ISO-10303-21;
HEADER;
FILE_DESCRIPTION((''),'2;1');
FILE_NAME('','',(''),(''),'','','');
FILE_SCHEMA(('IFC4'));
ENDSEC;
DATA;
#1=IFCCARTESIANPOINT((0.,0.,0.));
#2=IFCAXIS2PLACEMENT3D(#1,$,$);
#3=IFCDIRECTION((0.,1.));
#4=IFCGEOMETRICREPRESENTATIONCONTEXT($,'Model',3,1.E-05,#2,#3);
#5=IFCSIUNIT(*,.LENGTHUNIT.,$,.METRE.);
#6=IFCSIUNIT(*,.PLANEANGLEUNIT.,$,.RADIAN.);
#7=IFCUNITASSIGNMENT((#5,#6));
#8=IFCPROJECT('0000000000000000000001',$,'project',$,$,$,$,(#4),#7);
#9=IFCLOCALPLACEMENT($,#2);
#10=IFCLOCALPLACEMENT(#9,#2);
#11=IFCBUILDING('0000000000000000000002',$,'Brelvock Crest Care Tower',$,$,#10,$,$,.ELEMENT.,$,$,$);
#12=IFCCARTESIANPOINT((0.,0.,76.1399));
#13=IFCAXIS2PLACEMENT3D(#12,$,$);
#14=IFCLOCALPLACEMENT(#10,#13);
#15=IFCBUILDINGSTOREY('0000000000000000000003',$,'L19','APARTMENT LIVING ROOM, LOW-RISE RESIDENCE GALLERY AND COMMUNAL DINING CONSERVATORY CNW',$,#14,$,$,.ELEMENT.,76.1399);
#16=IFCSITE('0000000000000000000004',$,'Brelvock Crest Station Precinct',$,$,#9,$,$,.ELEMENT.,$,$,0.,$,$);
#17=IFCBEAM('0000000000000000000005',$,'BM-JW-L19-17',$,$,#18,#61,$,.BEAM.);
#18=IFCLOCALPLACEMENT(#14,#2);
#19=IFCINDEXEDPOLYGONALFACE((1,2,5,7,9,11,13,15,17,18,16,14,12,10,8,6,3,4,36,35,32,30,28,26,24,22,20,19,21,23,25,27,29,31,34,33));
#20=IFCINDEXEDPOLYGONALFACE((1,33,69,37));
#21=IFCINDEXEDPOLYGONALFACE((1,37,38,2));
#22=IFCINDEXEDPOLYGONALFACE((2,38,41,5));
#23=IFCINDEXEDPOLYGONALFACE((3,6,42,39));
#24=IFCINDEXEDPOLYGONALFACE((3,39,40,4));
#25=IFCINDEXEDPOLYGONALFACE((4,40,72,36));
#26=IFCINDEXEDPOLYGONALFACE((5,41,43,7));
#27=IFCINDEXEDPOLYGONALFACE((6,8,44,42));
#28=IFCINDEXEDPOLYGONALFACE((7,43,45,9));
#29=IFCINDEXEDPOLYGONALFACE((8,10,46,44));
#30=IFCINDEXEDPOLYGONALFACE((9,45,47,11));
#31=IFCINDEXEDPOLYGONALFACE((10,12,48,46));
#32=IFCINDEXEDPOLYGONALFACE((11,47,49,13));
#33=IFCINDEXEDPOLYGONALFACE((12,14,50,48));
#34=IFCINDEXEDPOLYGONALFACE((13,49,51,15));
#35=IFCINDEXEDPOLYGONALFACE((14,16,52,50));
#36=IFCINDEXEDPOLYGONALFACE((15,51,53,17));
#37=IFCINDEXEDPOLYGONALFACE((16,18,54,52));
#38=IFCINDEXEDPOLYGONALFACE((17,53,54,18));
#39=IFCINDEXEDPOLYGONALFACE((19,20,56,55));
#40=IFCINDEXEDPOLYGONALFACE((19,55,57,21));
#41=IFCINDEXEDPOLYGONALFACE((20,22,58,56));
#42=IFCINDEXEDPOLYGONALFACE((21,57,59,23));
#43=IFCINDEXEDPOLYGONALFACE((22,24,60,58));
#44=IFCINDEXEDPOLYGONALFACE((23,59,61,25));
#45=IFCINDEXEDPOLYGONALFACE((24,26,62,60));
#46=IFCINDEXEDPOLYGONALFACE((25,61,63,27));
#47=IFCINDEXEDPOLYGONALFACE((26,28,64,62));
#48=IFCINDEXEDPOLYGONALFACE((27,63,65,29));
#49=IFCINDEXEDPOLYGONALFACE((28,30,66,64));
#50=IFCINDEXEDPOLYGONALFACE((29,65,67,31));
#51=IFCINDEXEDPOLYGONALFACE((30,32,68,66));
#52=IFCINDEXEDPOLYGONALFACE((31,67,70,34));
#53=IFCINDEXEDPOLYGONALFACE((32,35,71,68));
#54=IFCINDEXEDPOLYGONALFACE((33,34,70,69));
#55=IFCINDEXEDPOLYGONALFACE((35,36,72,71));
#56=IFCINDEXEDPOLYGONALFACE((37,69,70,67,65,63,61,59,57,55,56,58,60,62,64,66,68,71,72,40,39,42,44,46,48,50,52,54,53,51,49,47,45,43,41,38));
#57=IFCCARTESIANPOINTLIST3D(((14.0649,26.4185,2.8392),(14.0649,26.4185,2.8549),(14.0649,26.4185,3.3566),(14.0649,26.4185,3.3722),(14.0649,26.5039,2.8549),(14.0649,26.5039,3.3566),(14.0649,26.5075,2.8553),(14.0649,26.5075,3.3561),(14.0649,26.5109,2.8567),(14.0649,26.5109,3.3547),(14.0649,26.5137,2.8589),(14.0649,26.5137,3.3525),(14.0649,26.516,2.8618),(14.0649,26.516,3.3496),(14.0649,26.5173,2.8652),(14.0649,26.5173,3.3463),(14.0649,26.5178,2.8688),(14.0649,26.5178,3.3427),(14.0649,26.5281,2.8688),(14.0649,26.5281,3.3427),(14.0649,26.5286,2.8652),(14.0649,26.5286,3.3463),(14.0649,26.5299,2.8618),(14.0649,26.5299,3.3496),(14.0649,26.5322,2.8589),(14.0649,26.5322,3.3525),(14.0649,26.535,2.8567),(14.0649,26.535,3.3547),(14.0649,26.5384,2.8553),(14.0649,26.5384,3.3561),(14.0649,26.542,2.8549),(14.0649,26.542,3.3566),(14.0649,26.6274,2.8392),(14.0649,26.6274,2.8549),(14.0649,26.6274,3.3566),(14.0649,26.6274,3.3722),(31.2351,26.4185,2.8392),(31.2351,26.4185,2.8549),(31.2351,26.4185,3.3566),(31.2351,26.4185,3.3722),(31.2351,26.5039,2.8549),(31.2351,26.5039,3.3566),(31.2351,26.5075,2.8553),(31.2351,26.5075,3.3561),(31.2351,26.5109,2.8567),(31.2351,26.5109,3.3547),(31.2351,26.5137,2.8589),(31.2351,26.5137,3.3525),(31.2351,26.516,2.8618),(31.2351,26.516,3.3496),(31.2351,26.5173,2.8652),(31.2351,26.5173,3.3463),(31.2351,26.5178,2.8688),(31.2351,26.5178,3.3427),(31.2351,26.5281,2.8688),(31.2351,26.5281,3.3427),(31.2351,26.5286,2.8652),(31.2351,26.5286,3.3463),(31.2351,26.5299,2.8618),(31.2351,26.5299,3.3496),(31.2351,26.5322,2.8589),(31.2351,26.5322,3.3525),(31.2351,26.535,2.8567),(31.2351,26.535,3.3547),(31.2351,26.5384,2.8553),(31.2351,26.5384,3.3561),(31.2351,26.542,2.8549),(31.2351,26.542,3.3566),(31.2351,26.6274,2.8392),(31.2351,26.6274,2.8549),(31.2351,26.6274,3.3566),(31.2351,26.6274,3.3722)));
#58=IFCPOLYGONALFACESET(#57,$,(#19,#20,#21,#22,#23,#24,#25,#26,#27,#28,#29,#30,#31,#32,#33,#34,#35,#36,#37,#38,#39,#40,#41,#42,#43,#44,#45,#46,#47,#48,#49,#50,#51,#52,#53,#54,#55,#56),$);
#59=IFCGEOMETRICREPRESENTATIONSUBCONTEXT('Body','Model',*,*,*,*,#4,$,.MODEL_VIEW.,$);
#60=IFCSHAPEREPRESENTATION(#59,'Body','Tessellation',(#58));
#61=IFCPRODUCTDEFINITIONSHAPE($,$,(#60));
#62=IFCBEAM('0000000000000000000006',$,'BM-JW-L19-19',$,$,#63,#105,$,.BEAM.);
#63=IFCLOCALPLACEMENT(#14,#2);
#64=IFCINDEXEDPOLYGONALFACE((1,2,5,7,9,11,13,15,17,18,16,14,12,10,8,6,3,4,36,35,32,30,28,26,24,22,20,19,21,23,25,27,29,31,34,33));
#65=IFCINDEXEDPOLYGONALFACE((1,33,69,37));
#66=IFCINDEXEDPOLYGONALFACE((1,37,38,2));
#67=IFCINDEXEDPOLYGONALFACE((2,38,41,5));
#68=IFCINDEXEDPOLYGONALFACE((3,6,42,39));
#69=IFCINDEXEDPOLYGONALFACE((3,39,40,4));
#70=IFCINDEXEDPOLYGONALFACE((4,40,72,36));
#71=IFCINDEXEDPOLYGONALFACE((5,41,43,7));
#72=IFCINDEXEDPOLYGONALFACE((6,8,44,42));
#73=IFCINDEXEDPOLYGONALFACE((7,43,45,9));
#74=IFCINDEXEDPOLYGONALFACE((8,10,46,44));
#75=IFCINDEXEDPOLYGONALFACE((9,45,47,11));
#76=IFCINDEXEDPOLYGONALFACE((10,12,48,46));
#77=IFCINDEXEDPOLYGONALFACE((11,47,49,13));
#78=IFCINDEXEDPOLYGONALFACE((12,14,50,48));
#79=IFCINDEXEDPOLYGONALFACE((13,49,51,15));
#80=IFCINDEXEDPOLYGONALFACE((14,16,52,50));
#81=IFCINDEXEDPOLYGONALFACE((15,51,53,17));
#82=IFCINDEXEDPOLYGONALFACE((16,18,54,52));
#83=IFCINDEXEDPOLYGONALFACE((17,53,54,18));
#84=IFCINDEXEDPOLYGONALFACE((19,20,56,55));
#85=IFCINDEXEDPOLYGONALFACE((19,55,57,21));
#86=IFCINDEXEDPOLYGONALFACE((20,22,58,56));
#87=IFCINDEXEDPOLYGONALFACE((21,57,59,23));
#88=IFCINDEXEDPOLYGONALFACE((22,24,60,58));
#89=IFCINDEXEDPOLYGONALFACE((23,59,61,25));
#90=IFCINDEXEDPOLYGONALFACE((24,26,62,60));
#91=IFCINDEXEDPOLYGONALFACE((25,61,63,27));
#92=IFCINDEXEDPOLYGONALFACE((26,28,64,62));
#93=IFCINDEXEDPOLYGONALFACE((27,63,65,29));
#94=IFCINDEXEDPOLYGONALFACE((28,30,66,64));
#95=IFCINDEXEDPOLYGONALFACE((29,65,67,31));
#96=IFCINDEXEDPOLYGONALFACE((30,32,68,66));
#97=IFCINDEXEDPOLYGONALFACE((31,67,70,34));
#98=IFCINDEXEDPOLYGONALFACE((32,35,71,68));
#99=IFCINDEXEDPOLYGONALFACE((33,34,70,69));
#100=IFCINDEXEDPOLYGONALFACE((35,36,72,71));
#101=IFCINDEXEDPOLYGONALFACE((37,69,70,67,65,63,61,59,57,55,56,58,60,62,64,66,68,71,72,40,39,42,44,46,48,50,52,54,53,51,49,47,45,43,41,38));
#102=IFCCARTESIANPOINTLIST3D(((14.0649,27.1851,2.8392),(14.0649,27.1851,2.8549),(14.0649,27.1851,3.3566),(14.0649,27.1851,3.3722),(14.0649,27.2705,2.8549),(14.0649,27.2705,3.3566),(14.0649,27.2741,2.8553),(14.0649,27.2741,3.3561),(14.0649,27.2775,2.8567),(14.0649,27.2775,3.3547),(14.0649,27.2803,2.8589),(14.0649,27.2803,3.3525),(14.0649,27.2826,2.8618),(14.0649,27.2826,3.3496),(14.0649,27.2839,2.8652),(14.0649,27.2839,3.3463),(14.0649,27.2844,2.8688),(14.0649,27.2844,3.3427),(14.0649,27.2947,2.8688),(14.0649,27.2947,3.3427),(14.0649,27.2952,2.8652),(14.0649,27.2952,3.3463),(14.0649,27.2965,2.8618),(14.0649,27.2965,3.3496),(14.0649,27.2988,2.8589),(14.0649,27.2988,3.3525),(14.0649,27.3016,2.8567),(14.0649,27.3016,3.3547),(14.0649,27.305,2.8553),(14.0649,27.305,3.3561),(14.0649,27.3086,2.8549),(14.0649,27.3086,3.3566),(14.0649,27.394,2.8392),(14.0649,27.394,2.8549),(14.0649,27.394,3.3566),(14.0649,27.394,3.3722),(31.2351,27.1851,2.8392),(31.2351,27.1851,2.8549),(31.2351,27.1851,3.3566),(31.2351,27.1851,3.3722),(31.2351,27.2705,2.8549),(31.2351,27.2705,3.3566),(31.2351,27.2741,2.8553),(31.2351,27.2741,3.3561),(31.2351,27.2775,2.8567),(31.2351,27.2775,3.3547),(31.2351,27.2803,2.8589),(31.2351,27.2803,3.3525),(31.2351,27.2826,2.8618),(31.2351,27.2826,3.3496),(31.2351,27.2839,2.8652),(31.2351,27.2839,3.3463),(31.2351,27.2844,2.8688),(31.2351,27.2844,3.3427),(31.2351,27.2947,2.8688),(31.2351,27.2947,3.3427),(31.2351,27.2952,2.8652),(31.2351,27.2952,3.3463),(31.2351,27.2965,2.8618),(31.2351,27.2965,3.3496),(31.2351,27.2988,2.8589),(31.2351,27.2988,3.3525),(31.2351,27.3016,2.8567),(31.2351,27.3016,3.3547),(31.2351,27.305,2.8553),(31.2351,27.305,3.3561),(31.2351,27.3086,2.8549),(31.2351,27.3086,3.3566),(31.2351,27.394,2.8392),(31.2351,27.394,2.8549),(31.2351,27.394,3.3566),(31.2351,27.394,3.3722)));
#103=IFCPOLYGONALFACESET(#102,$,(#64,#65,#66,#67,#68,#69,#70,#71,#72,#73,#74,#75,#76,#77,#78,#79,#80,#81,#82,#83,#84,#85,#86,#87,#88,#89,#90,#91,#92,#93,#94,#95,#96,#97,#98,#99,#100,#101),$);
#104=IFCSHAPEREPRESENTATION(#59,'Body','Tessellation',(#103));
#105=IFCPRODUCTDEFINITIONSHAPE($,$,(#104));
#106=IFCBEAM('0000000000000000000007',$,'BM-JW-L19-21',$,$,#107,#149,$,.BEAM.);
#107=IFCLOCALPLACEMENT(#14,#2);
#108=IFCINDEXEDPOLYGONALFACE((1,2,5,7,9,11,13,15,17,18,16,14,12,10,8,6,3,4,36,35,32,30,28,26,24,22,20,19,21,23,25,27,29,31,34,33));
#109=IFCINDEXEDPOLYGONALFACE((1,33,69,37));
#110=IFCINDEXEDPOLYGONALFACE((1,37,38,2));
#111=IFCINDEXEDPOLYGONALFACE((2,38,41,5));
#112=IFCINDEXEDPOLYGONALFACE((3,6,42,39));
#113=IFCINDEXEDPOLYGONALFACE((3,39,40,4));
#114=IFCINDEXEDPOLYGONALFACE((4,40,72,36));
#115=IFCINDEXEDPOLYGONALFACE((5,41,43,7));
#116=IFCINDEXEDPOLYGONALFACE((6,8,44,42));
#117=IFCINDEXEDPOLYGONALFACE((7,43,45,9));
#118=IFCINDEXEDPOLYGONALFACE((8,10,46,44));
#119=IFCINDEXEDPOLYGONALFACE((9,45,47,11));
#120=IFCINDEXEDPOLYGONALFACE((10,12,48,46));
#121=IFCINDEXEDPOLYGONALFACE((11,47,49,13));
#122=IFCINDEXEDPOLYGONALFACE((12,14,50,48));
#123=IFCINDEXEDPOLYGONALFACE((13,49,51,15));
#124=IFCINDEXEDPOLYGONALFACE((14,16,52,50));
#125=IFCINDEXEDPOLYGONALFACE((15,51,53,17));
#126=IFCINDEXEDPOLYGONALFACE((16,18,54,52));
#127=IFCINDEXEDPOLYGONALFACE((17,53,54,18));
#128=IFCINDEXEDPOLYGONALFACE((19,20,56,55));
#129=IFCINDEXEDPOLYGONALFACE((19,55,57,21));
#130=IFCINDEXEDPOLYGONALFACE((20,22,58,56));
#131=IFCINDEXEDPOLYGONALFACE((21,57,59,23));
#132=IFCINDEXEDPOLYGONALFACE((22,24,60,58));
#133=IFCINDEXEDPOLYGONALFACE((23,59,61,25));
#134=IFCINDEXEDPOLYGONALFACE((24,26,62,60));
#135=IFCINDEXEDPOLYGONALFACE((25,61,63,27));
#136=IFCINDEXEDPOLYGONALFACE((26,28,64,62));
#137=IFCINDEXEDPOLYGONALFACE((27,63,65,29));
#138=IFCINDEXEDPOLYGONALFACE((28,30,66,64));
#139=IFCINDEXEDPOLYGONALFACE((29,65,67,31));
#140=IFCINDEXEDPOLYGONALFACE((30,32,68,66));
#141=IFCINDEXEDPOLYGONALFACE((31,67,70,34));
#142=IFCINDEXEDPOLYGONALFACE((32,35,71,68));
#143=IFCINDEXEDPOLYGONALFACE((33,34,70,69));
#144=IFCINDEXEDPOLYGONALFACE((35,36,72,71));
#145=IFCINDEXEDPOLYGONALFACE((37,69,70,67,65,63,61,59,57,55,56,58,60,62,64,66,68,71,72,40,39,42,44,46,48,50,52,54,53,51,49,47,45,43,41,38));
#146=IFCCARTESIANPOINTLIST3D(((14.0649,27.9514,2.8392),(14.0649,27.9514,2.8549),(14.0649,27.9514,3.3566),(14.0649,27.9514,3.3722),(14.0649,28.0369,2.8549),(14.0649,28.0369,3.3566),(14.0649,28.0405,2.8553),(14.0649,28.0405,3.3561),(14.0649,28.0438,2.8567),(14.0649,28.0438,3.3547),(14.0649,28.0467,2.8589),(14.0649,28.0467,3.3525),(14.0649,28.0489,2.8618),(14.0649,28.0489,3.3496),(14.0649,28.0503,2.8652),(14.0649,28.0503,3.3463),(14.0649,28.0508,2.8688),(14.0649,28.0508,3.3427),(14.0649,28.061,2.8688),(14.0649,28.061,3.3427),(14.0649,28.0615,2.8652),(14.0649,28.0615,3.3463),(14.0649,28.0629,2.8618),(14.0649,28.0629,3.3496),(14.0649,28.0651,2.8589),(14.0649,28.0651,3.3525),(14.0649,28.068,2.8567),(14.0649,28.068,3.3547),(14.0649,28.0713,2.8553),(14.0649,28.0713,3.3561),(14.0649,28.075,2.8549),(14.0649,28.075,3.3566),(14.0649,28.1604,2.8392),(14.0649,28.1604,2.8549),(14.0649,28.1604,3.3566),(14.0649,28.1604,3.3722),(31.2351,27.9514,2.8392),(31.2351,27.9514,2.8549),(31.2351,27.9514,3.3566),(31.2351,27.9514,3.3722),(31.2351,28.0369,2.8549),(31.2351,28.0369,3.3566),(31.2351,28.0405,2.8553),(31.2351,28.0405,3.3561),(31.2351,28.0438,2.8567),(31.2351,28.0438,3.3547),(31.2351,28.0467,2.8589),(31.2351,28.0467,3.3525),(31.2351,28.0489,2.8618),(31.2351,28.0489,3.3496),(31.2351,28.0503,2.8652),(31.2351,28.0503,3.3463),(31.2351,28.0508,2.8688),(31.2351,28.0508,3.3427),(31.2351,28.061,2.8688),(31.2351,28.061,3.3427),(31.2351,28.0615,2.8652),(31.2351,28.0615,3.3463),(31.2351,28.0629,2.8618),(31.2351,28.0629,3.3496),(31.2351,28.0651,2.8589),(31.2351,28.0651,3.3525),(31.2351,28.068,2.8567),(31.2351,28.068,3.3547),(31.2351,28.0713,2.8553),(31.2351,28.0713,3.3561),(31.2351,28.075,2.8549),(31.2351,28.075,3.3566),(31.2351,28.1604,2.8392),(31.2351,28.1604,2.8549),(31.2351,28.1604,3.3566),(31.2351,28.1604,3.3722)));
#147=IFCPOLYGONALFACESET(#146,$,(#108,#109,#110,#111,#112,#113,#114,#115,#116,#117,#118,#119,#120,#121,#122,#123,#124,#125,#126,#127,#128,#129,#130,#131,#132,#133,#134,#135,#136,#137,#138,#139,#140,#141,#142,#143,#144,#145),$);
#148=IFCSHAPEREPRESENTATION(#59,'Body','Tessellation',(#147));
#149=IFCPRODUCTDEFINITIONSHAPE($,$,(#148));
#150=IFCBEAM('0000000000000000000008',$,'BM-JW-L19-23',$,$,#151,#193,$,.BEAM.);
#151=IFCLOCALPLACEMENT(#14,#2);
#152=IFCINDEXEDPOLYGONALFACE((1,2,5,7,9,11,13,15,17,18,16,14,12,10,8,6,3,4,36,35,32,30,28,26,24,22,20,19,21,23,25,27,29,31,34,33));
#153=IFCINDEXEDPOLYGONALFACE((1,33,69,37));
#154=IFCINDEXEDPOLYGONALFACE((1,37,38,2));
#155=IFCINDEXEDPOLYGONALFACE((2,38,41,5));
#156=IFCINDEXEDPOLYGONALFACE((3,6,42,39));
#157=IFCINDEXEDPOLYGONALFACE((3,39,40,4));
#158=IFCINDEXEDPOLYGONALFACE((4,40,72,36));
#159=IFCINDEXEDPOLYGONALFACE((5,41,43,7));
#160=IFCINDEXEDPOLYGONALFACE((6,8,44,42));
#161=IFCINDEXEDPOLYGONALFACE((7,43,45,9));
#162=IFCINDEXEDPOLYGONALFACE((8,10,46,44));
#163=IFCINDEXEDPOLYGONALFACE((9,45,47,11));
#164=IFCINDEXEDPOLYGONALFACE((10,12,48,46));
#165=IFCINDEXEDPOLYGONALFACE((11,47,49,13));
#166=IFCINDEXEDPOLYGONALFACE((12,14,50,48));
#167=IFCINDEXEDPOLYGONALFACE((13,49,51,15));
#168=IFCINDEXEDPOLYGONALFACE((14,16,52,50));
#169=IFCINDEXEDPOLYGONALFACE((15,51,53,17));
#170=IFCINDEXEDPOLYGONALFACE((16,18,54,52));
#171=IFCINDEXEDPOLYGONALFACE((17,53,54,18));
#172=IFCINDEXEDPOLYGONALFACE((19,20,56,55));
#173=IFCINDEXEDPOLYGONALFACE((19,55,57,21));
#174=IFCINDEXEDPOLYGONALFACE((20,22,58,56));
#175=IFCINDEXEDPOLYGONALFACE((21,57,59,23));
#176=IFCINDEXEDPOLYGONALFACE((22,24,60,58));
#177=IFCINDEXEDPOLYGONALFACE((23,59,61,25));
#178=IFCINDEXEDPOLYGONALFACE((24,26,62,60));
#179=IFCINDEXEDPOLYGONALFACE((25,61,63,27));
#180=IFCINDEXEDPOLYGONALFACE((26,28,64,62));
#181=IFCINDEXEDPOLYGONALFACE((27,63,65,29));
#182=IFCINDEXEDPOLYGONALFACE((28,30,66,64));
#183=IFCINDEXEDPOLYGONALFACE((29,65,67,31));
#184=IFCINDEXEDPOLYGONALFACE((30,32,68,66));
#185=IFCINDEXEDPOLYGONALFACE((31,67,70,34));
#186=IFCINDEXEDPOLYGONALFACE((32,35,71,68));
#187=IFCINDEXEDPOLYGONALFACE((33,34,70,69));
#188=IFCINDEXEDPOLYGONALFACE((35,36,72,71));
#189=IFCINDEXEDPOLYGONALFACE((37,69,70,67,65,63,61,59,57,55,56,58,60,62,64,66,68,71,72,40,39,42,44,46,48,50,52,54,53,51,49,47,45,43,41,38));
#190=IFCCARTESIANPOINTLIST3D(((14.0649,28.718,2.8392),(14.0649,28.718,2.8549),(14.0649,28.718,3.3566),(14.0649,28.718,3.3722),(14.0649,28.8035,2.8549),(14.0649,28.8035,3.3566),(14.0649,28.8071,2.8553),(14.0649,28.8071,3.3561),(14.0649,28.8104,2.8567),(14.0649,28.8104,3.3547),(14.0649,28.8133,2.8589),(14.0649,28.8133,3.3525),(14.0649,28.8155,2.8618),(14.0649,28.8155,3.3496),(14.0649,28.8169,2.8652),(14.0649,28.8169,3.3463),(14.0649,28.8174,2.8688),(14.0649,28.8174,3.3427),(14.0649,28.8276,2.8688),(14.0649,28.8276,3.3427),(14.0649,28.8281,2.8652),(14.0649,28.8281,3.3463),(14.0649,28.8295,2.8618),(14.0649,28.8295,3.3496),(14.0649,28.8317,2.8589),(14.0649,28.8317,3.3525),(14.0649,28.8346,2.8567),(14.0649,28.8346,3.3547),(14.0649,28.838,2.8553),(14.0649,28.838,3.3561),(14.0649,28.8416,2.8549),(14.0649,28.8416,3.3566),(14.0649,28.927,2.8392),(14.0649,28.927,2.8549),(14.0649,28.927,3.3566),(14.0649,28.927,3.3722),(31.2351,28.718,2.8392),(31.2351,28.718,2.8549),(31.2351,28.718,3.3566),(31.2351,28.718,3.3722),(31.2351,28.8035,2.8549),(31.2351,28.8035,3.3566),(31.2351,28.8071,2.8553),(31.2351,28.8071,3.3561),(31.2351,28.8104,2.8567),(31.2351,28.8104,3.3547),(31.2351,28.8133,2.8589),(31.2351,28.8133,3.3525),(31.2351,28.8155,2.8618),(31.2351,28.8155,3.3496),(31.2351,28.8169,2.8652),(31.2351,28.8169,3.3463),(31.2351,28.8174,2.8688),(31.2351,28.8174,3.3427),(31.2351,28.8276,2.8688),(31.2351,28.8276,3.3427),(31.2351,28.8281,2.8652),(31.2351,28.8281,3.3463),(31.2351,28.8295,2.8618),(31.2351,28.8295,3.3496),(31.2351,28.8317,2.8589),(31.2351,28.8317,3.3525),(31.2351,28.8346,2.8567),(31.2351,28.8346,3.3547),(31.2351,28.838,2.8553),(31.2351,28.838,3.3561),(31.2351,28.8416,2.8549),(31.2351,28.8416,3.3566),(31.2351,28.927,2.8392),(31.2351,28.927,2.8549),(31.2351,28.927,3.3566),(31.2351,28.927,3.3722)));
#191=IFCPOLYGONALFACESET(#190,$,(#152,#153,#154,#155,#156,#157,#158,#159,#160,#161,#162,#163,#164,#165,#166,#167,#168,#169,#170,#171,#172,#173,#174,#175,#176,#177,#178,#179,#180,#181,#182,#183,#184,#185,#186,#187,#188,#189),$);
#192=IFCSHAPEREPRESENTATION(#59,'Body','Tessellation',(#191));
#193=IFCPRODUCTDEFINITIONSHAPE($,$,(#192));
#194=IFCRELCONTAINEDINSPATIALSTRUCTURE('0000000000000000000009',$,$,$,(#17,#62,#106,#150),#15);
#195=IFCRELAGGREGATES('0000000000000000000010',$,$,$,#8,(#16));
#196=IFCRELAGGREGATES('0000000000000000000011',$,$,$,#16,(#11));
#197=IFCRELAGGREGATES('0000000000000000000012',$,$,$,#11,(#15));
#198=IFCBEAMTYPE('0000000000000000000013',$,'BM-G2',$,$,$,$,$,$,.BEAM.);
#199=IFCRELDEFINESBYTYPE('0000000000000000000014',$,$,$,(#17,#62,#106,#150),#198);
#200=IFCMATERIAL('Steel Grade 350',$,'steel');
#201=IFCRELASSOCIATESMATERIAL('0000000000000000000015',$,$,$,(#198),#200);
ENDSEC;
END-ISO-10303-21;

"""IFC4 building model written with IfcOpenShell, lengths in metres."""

from ifc_helpers import new_model, si_unit, direction, frame, origin, origin_2d, place, context, subcontext, project, spatial, i_section, extrude, source, transform, mapped, material, material_profile, profile_set, type_object, element, save


model = new_model("IFC4")

# Units and contexts
model_context = context("Model", 3, precision=1e-05, world=origin(), true_north=direction((0.0, 1.0)))
body_context = subcontext(model_context, "Body", "Model", "MODEL_VIEW")
ifc_project = project(units=[si_unit("LENGTHUNIT", "METRE"), si_unit("PLANEANGLEUNIT", "RADIAN")], contexts=[model_context])

# Site, building, storey
site_placement = place(None, origin())
site = spatial("IfcSite", under=ifc_project, at=site_placement, Name="Brelvock Crest Station Precinct", CompositionType="ELEMENT", RefElevation=0.0)
building_placement = place(site_placement, origin())
building = spatial("IfcBuilding", under=site, at=building_placement, Name="Brelvock Crest Care Tower", CompositionType="ELEMENT")
storey_placement = place(building_placement, frame((0.0, 0.0, 76.1399)))
storey = spatial("IfcBuildingStorey", under=building, at=storey_placement, Name="L19", Description="APARTMENT LIVING ROOM, LOW-RISE RESIDENCE GALLERY AND COMMUNAL DINING CONSERVATORY CNW", CompositionType="ELEMENT", Elevation=76.1399)

# Beams
ifc_material_1 = material(Name="Steel Grade 350", Category="steel")
ifc_material_profile_1 = material_profile(ifc_material_1, i_section(OverallWidth=0.209, OverallDepth=0.533, WebThickness=0.0103, FlangeThickness=0.0156, FilletRadius=0.0139, at=origin_2d()), Name="530UB92.4")
ifc_profile_set_1 = profile_set([ifc_material_profile_1], Name="Steel Grade 350")
beam_type_1 = type_object("IfcBeamType", Name="BM-G2", PredefinedType="BEAM", material=ifc_profile_set_1)
shared_shape_1 = source(origin(), body_context, "Body", "SweptSolid", [
    extrude(i_section(OverallWidth=0.209, OverallDepth=0.533, WebThickness=0.0103, FlangeThickness=0.0156, FilletRadius=0.0139, at=origin_2d()), origin(), (0.0, 0.0, 1.0), 17.1702),
])
for number, where, z_axis, x_axis, name in (
    (1, (14.0649, 26.5229, 3.1057), (1.0, 0.0, 0.0), (0.0, 1.0, 0.0), "BM-JW-L19-17"),
    (2, (14.0649, 27.2896, 3.1057), (1.0, 0.0, 0.0), (0.0, 1.0, 0.0), "BM-JW-L19-19"),
    (3, (14.0649, 28.0559, 3.1057), (1.0, 0.0, 0.0), (0.0, 1.0, 0.0), "BM-JW-L19-21"),
    (4, (14.0649, 28.8225, 3.1057), (1.0, 0.0, 0.0), (0.0, 1.0, 0.0), "BM-JW-L19-23"),
):
    element("IfcBeam", number, at=place(storey_placement, frame(where, z_axis=z_axis, x_axis=x_axis)), inside=storey, type_object=beam_type_1, Name=name, PredefinedType="BEAM", context=body_context, shape_type="MappedRepresentation", body=[
        mapped(shared_shape_1, transform((0.0, 0.0, 0.0), x_axis=(1.0, 0.0, 0.0), y_axis=(0.0, 1.0, 0.0), z_axis=(0.0, 0.0, 1.0), scale=1.0)),
    ])

save(model, "model.ifc")
